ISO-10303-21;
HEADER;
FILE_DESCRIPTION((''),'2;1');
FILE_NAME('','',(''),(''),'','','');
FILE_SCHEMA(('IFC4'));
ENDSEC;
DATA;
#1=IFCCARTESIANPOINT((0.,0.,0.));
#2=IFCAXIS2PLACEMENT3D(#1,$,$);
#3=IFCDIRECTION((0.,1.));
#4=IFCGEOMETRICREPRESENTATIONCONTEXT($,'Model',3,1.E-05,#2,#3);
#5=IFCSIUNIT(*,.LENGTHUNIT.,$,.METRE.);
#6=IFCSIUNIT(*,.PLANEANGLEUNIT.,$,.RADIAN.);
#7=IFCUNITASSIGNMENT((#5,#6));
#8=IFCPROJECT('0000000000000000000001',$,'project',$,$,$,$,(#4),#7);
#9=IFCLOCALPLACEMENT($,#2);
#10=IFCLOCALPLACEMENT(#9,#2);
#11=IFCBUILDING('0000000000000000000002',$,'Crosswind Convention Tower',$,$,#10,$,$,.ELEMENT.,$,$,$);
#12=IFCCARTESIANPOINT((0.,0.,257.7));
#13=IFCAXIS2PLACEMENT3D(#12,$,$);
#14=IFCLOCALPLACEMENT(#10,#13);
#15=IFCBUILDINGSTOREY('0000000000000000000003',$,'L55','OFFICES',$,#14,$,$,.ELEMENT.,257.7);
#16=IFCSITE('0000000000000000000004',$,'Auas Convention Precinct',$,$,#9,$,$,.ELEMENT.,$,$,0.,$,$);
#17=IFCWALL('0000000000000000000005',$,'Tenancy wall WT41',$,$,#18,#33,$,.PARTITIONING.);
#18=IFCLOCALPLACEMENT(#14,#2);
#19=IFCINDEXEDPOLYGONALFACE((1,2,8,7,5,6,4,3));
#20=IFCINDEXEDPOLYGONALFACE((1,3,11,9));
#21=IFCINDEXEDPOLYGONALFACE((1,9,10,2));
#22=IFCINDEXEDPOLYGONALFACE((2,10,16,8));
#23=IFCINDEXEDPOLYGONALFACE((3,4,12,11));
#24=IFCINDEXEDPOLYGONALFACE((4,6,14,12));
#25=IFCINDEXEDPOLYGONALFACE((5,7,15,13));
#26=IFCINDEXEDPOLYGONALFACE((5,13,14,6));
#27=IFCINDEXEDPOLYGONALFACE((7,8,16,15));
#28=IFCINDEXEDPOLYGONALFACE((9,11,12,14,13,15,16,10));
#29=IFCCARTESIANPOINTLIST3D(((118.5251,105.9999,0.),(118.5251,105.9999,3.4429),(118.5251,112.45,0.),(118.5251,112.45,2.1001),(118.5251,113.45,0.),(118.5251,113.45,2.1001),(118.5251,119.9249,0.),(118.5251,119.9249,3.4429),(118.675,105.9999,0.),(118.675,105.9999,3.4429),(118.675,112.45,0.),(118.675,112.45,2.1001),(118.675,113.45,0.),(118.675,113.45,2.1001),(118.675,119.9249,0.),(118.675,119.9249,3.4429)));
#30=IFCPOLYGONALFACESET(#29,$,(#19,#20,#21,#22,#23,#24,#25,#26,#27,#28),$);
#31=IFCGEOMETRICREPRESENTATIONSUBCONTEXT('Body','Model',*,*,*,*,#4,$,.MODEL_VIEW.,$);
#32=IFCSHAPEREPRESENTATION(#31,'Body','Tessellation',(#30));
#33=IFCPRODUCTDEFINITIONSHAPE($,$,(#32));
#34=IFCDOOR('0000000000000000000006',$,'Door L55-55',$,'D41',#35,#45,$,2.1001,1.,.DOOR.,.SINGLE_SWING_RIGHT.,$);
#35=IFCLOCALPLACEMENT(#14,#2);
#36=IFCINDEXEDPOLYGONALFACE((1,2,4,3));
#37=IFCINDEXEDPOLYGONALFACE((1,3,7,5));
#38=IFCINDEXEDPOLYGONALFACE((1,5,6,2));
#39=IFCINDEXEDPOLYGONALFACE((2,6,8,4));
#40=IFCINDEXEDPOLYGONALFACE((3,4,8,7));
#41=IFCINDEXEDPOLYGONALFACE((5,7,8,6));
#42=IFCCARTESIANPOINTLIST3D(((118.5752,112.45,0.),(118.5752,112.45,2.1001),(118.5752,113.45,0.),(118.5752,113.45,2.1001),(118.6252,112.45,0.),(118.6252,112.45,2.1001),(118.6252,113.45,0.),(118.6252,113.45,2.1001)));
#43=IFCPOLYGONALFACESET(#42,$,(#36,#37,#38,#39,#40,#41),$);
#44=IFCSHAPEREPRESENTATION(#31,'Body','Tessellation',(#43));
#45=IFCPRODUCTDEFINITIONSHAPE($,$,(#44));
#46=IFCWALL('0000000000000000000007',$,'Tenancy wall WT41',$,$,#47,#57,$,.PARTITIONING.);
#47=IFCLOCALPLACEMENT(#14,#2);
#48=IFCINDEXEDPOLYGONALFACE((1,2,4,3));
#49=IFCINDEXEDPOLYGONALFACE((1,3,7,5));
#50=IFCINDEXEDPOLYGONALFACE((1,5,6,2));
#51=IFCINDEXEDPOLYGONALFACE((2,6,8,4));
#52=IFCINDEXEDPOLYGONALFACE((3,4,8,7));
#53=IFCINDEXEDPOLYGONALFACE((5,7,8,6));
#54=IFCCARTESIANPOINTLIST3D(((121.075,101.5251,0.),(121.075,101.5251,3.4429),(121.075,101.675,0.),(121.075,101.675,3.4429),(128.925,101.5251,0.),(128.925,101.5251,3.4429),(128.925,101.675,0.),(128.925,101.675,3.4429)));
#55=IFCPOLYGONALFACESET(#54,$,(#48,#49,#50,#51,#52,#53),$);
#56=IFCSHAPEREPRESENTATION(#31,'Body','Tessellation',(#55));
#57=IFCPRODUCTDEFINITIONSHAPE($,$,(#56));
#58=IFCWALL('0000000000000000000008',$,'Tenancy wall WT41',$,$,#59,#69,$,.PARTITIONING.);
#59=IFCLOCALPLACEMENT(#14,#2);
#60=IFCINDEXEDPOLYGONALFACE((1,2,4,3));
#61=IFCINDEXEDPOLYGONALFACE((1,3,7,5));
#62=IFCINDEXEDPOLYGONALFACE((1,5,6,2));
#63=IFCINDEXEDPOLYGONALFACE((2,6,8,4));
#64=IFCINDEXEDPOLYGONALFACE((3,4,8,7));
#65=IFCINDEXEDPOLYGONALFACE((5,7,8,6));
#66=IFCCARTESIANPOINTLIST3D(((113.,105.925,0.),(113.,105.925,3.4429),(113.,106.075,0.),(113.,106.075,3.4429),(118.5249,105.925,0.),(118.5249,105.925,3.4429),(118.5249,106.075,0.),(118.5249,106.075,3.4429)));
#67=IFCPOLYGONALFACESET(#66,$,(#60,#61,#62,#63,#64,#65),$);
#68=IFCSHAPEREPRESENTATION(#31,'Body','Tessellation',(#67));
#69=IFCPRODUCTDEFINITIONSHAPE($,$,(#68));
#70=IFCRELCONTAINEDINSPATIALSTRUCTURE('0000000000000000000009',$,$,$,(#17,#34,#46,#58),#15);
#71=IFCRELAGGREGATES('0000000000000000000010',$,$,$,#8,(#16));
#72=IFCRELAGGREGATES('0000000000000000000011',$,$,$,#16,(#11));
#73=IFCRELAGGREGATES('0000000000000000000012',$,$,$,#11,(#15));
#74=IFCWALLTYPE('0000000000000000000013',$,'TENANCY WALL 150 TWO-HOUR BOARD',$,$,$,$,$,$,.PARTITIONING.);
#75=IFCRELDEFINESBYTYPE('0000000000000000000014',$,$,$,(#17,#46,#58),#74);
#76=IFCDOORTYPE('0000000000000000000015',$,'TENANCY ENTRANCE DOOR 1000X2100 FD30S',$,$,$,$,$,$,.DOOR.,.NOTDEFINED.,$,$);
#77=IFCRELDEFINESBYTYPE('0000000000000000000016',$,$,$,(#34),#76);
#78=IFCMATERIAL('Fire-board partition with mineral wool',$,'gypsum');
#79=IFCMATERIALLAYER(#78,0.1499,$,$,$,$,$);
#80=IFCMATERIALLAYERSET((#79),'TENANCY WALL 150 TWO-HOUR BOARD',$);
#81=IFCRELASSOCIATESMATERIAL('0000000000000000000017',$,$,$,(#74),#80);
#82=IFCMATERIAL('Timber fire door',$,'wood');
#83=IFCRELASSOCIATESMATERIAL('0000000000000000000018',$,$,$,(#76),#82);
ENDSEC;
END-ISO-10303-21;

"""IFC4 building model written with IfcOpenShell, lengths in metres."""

from ifc_helpers import new_model, si_unit, direction, frame, frame_2d, origin, place, context, subcontext, project, spatial, rectangle, extrude, material, layer, layer_set, type_object, element, fill, save


model = new_model("IFC4")

# Units and contexts
model_context = context("Model", 3, precision=1e-05, world=origin(), true_north=direction((0.0, 1.0)))
body_context = subcontext(model_context, "Body", "Model", "MODEL_VIEW")
ifc_project = project(units=[si_unit("LENGTHUNIT", "METRE"), si_unit("PLANEANGLEUNIT", "RADIAN")], contexts=[model_context])

# Site, building, storey
site_placement = place(None, origin())
site = spatial("IfcSite", under=ifc_project, at=site_placement, Name="Auas Convention Precinct", CompositionType="ELEMENT", RefElevation=0.0)
building_placement = place(site_placement, origin())
building = spatial("IfcBuilding", under=site, at=building_placement, Name="Crosswind Convention Tower", CompositionType="ELEMENT")
storey_placement = place(building_placement, frame((0.0, 0.0, 257.7)))
storey = spatial("IfcBuildingStorey", under=building, at=storey_placement, Name="L55", Description="OFFICES", CompositionType="ELEMENT", Elevation=257.7)

# Wall, opening, door
ifc_material_1 = material(Name="Fire-board partition with mineral wool", Category="gypsum")
ifc_layer_1 = layer(ifc_material_1, 0.1499)
ifc_layer_set_1 = layer_set([ifc_layer_1], Name="TENANCY WALL 150 TWO-HOUR BOARD")
wall_type_1 = type_object("IfcWallType", Name="TENANCY WALL 150 TWO-HOUR BOARD", PredefinedType="PARTITIONING", material=ifc_layer_set_1)
wall_1_placement = place(storey_placement, frame((118.6001, 106.0, 0.0), z_axis=(0.0, 0.0, 1.0), x_axis=(0.0, 1.0, 0.0)))
wall_1 = element("IfcWall", 1, at=wall_1_placement, inside=storey, type_object=wall_type_1, Name="Tenancy wall WT41", PredefinedType="PARTITIONING", context=body_context, shape_type="SweptSolid", body=[
    extrude(rectangle(XDim=13.925, YDim=0.1499, at=frame_2d((6.9624, 0.0))), origin(), (0.0, 0.0, 1.0), 3.4429),
])
opening_1_placement = place(wall_1_placement, frame((6.45, 0.0, 0.0)))
opening_1 = element("IfcOpeningElement", 2, at=opening_1_placement, cuts=wall_1, PredefinedType="OPENING", context=body_context, shape_type="SweptSolid", body=[
    extrude(rectangle(XDim=1.0, YDim=2.1001, at=frame_2d((0.5, 1.05))), frame((0.0, 0.085, 0.0), z_axis=(0.0, -1.0, 0.0), x_axis=(1.0, 0.0, 0.0)), (0.0, 0.0, 1.0), 0.1699),
])
ifc_material_2 = material(Name="Timber fire door", Category="wood")
door_type_1 = type_object("IfcDoorType", Name="TENANCY ENTRANCE DOOR 1000X2100 FD30S", OperationType="NOTDEFINED", PredefinedType="DOOR", material=ifc_material_2)
door_1_placement = place(opening_1_placement, origin())
door_1 = element("IfcDoor", 3, at=door_1_placement, inside=storey, type_object=door_type_1, Name="Door L55-55", ObjectType="D41", OperationType="SINGLE_SWING_RIGHT", OverallHeight=2.1001, OverallWidth=1.0, PredefinedType="DOOR", context=body_context, shape_type="SweptSolid", body=[
    extrude(rectangle(XDim=1.0, YDim=2.1001, at=frame_2d((0.5, 1.05))), frame((0.0, 0.0249, 0.0), z_axis=(0.0, -1.0, 0.0), x_axis=(1.0, 0.0, 0.0)), (0.0, 0.0, 1.0), 0.05),
])
fill(opening_1, door_1)

# Walls
wall_2_placement = place(storey_placement, frame((121.075, 101.6001, 0.0), z_axis=(0.0, 0.0, 1.0), x_axis=(1.0, 0.0, 0.0)))
element("IfcWall", 4, at=wall_2_placement, inside=storey, type_object=wall_type_1, Name="Tenancy wall WT41", PredefinedType="PARTITIONING", context=body_context, shape_type="SweptSolid", body=[
    extrude(rectangle(XDim=7.8501, YDim=0.1499, at=frame_2d((3.925, 0.0))), origin(), (0.0, 0.0, 1.0), 3.4429),
])
wall_3_placement = place(storey_placement, frame((113.0, 106.0, 0.0), z_axis=(0.0, 0.0, 1.0), x_axis=(1.0, 0.0, 0.0)))
element("IfcWall", 5, at=wall_3_placement, inside=storey, type_object=wall_type_1, Name="Tenancy wall WT41", PredefinedType="PARTITIONING", context=body_context, shape_type="SweptSolid", body=[
    extrude(rectangle(XDim=5.5249, YDim=0.1499, at=frame_2d((2.7625, 0.0))), origin(), (0.0, 0.0, 1.0), 3.4429),
])

save(model, "model.ifc")
